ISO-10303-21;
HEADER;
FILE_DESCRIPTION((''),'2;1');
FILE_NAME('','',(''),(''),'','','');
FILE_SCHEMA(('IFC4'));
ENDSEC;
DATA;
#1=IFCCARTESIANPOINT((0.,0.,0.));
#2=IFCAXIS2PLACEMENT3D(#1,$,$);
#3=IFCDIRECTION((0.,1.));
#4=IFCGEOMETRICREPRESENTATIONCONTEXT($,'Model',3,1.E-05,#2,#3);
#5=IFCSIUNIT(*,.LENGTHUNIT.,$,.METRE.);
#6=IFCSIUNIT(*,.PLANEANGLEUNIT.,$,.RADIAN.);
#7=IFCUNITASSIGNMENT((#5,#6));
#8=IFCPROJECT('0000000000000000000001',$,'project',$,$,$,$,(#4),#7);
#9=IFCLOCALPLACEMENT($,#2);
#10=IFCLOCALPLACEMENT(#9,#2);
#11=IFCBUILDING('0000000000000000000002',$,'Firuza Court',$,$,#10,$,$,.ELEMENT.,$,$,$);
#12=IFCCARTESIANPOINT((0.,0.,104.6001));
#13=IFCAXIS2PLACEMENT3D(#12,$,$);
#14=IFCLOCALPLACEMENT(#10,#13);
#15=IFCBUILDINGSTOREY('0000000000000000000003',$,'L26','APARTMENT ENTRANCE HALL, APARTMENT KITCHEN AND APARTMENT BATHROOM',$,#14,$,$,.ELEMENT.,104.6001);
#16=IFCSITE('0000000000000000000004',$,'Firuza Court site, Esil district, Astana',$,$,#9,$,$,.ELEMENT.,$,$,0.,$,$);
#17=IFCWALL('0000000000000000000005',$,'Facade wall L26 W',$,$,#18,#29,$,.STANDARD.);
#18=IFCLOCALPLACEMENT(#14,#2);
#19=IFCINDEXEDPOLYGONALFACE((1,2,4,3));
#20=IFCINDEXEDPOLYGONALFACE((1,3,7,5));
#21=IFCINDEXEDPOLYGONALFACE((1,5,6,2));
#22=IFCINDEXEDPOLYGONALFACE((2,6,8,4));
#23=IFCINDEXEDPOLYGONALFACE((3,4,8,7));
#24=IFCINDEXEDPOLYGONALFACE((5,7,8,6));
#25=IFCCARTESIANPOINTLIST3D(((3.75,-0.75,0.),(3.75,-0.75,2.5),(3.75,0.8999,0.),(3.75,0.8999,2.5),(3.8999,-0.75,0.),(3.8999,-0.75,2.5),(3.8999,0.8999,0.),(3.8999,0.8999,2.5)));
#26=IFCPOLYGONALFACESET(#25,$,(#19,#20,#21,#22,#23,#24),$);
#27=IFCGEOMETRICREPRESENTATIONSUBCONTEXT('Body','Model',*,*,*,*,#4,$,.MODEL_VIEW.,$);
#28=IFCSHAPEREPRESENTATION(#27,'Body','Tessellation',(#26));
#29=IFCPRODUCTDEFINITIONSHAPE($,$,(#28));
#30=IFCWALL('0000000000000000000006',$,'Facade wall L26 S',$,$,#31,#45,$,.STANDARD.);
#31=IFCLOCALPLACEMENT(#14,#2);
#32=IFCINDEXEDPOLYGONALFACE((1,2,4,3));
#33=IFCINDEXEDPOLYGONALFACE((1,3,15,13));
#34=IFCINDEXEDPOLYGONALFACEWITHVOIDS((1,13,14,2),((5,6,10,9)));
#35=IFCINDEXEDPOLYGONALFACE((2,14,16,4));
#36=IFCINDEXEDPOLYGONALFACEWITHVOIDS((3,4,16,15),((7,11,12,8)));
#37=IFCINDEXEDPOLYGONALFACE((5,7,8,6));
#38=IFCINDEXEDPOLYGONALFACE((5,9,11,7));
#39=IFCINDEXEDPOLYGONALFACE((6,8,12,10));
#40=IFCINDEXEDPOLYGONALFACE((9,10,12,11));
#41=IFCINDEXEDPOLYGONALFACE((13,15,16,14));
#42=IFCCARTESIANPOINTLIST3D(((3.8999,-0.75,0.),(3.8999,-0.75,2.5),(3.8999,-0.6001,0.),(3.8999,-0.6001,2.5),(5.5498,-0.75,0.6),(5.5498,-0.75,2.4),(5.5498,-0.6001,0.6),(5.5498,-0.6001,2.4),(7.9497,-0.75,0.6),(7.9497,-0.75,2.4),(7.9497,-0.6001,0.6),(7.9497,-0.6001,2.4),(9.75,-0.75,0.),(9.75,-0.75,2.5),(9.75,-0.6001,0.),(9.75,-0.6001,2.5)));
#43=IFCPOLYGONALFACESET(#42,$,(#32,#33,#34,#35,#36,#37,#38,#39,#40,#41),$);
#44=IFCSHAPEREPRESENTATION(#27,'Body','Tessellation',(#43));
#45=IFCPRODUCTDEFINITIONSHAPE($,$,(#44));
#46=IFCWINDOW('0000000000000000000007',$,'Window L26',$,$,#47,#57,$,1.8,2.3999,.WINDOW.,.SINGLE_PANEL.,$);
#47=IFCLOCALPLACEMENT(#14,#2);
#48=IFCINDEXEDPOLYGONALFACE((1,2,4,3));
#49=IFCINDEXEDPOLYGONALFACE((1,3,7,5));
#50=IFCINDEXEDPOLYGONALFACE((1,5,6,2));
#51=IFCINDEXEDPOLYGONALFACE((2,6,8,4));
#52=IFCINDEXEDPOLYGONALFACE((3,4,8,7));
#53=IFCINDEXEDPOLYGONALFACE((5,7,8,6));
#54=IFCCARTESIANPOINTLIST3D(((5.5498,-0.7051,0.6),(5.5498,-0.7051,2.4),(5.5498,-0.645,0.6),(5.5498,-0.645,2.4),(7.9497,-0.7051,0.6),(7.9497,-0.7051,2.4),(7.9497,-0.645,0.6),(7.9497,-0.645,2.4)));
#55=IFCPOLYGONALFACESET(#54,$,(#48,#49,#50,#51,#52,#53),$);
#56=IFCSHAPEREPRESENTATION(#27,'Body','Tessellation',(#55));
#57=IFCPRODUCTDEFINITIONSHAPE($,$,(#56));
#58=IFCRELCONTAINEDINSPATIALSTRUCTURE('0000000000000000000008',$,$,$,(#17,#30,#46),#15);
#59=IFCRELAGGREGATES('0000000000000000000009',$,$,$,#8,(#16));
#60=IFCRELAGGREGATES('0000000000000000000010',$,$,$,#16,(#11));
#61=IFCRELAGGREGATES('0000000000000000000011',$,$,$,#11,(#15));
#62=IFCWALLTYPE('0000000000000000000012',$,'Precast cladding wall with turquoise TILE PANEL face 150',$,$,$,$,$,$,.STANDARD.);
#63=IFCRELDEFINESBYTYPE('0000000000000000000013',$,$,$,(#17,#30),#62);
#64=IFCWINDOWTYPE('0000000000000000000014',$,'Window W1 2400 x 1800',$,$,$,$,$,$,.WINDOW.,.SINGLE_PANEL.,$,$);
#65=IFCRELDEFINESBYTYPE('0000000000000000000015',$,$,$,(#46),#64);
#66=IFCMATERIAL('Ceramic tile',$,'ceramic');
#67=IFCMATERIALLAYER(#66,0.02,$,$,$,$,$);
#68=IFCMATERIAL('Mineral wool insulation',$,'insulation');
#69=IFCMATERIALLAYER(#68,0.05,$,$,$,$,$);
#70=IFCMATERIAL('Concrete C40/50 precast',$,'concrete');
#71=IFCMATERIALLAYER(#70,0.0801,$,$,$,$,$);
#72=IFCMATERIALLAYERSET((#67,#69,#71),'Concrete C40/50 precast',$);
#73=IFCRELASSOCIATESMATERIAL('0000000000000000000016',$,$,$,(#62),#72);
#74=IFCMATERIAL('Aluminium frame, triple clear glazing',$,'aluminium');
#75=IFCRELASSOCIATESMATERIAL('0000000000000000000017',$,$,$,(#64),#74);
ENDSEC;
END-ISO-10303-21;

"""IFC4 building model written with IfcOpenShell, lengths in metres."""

from ifc_helpers import new_model, si_unit, direction, frame, frame_2d, origin, place, context, subcontext, project, spatial, rectangle, extrude, material, layer, layer_set, type_object, element, fill, save


model = new_model("IFC4")

# Units and contexts
model_context = context("Model", 3, precision=1e-05, world=origin(), true_north=direction((0.0, 1.0)))
body_context = subcontext(model_context, "Body", "Model", "MODEL_VIEW")
ifc_project = project(units=[si_unit("LENGTHUNIT", "METRE"), si_unit("PLANEANGLEUNIT", "RADIAN")], contexts=[model_context])

# Site, building, storey
site_placement = place(None, origin())
site = spatial("IfcSite", under=ifc_project, at=site_placement, Name="Firuza Court site, Esil district, Astana", CompositionType="ELEMENT", RefElevation=0.0)
building_placement = place(site_placement, origin())
building = spatial("IfcBuilding", under=site, at=building_placement, Name="Firuza Court", CompositionType="ELEMENT")
storey_placement = place(building_placement, frame((0.0, 0.0, 104.6001)))
storey = spatial("IfcBuildingStorey", under=building, at=storey_placement, Name="L26", Description="APARTMENT ENTRANCE HALL, APARTMENT KITCHEN AND APARTMENT BATHROOM", CompositionType="ELEMENT", Elevation=104.6001)

# Shared definitions
ifc_material_1 = material(Name="Concrete C40/50 precast", Category="concrete")

# Wall
ifc_material_2 = material(Name="Ceramic tile", Category="ceramic")
ifc_layer_1 = layer(ifc_material_2, 0.02)
ifc_material_3 = material(Name="Mineral wool insulation", Category="insulation")
ifc_layer_2 = layer(ifc_material_3, 0.05)
ifc_layer_3 = layer(ifc_material_1, 0.0801)
ifc_layer_set_1 = layer_set([ifc_layer_1, ifc_layer_2, ifc_layer_3], Name="Concrete C40/50 precast")
wall_type_1 = type_object("IfcWallType", Name="Precast cladding wall with turquoise TILE PANEL face 150", PredefinedType="STANDARD", material=ifc_layer_set_1)
wall_1_placement = place(storey_placement, frame((3.825, 0.8999, 0.0), z_axis=(0.0, 0.0, 1.0), x_axis=(0.0, -1.0, 0.0)))
element("IfcWall", 1, at=wall_1_placement, inside=storey, type_object=wall_type_1, Name="Facade wall L26 W", PredefinedType="STANDARD", context=body_context, shape_type="SweptSolid", body=[
    extrude(rectangle(XDim=1.6499, YDim=0.1499, at=frame_2d((0.825, 0.0))), origin(), (0.0, 0.0, 1.0), 2.5),
])

# Wall, opening, window
wall_2_placement = place(storey_placement, frame((3.8999, -0.675, 0.0), z_axis=(0.0, 0.0, 1.0), x_axis=(1.0, 0.0, 0.0)))
wall_2 = element("IfcWall", 2, at=wall_2_placement, inside=storey, type_object=wall_type_1, Name="Facade wall L26 S", PredefinedType="STANDARD", context=body_context, shape_type="SweptSolid", body=[
    extrude(rectangle(XDim=5.8501, YDim=0.1499, at=frame_2d((2.925, 0.0))), origin(), (0.0, 0.0, 1.0), 2.5),
])
opening_placement = place(wall_2_placement, frame((1.6499, 0.0, 0.6001)))
opening = element("IfcOpeningElement", 3, at=opening_placement, cuts=wall_2, PredefinedType="OPENING", context=body_context, shape_type="SweptSolid", body=[
    extrude(rectangle(XDim=2.3999, YDim=1.8, at=frame_2d((1.2, 0.8999))), frame((0.0, 0.0869, 0.0), z_axis=(0.0, -1.0, 0.0), x_axis=(1.0, 0.0, 0.0)), (0.0, 0.0, 1.0), 0.1738),
])
ifc_material_4 = material(Name="Aluminium frame, triple clear glazing", Category="aluminium")
window_type = type_object("IfcWindowType", Name="Window W1 2400 x 1800", PartitioningType="SINGLE_PANEL", PredefinedType="WINDOW", material=ifc_material_4)
window_placement = place(opening_placement, origin())
window = element("IfcWindow", 4, at=window_placement, inside=storey, type_object=window_type, Name="Window L26", OverallHeight=1.8, OverallWidth=2.3999, PartitioningType="SINGLE_PANEL", PredefinedType="WINDOW", context=body_context, shape_type="SweptSolid", body=[
    extrude(rectangle(XDim=2.3999, YDim=1.8, at=frame_2d((1.2, 0.8999))), frame((0.0, 0.03, 0.0), z_axis=(0.0, -1.0, 0.0), x_axis=(1.0, 0.0, 0.0)), (0.0, 0.0, 1.0), 0.0601),
])
fill(opening, window)

save(model, "model.ifc")
